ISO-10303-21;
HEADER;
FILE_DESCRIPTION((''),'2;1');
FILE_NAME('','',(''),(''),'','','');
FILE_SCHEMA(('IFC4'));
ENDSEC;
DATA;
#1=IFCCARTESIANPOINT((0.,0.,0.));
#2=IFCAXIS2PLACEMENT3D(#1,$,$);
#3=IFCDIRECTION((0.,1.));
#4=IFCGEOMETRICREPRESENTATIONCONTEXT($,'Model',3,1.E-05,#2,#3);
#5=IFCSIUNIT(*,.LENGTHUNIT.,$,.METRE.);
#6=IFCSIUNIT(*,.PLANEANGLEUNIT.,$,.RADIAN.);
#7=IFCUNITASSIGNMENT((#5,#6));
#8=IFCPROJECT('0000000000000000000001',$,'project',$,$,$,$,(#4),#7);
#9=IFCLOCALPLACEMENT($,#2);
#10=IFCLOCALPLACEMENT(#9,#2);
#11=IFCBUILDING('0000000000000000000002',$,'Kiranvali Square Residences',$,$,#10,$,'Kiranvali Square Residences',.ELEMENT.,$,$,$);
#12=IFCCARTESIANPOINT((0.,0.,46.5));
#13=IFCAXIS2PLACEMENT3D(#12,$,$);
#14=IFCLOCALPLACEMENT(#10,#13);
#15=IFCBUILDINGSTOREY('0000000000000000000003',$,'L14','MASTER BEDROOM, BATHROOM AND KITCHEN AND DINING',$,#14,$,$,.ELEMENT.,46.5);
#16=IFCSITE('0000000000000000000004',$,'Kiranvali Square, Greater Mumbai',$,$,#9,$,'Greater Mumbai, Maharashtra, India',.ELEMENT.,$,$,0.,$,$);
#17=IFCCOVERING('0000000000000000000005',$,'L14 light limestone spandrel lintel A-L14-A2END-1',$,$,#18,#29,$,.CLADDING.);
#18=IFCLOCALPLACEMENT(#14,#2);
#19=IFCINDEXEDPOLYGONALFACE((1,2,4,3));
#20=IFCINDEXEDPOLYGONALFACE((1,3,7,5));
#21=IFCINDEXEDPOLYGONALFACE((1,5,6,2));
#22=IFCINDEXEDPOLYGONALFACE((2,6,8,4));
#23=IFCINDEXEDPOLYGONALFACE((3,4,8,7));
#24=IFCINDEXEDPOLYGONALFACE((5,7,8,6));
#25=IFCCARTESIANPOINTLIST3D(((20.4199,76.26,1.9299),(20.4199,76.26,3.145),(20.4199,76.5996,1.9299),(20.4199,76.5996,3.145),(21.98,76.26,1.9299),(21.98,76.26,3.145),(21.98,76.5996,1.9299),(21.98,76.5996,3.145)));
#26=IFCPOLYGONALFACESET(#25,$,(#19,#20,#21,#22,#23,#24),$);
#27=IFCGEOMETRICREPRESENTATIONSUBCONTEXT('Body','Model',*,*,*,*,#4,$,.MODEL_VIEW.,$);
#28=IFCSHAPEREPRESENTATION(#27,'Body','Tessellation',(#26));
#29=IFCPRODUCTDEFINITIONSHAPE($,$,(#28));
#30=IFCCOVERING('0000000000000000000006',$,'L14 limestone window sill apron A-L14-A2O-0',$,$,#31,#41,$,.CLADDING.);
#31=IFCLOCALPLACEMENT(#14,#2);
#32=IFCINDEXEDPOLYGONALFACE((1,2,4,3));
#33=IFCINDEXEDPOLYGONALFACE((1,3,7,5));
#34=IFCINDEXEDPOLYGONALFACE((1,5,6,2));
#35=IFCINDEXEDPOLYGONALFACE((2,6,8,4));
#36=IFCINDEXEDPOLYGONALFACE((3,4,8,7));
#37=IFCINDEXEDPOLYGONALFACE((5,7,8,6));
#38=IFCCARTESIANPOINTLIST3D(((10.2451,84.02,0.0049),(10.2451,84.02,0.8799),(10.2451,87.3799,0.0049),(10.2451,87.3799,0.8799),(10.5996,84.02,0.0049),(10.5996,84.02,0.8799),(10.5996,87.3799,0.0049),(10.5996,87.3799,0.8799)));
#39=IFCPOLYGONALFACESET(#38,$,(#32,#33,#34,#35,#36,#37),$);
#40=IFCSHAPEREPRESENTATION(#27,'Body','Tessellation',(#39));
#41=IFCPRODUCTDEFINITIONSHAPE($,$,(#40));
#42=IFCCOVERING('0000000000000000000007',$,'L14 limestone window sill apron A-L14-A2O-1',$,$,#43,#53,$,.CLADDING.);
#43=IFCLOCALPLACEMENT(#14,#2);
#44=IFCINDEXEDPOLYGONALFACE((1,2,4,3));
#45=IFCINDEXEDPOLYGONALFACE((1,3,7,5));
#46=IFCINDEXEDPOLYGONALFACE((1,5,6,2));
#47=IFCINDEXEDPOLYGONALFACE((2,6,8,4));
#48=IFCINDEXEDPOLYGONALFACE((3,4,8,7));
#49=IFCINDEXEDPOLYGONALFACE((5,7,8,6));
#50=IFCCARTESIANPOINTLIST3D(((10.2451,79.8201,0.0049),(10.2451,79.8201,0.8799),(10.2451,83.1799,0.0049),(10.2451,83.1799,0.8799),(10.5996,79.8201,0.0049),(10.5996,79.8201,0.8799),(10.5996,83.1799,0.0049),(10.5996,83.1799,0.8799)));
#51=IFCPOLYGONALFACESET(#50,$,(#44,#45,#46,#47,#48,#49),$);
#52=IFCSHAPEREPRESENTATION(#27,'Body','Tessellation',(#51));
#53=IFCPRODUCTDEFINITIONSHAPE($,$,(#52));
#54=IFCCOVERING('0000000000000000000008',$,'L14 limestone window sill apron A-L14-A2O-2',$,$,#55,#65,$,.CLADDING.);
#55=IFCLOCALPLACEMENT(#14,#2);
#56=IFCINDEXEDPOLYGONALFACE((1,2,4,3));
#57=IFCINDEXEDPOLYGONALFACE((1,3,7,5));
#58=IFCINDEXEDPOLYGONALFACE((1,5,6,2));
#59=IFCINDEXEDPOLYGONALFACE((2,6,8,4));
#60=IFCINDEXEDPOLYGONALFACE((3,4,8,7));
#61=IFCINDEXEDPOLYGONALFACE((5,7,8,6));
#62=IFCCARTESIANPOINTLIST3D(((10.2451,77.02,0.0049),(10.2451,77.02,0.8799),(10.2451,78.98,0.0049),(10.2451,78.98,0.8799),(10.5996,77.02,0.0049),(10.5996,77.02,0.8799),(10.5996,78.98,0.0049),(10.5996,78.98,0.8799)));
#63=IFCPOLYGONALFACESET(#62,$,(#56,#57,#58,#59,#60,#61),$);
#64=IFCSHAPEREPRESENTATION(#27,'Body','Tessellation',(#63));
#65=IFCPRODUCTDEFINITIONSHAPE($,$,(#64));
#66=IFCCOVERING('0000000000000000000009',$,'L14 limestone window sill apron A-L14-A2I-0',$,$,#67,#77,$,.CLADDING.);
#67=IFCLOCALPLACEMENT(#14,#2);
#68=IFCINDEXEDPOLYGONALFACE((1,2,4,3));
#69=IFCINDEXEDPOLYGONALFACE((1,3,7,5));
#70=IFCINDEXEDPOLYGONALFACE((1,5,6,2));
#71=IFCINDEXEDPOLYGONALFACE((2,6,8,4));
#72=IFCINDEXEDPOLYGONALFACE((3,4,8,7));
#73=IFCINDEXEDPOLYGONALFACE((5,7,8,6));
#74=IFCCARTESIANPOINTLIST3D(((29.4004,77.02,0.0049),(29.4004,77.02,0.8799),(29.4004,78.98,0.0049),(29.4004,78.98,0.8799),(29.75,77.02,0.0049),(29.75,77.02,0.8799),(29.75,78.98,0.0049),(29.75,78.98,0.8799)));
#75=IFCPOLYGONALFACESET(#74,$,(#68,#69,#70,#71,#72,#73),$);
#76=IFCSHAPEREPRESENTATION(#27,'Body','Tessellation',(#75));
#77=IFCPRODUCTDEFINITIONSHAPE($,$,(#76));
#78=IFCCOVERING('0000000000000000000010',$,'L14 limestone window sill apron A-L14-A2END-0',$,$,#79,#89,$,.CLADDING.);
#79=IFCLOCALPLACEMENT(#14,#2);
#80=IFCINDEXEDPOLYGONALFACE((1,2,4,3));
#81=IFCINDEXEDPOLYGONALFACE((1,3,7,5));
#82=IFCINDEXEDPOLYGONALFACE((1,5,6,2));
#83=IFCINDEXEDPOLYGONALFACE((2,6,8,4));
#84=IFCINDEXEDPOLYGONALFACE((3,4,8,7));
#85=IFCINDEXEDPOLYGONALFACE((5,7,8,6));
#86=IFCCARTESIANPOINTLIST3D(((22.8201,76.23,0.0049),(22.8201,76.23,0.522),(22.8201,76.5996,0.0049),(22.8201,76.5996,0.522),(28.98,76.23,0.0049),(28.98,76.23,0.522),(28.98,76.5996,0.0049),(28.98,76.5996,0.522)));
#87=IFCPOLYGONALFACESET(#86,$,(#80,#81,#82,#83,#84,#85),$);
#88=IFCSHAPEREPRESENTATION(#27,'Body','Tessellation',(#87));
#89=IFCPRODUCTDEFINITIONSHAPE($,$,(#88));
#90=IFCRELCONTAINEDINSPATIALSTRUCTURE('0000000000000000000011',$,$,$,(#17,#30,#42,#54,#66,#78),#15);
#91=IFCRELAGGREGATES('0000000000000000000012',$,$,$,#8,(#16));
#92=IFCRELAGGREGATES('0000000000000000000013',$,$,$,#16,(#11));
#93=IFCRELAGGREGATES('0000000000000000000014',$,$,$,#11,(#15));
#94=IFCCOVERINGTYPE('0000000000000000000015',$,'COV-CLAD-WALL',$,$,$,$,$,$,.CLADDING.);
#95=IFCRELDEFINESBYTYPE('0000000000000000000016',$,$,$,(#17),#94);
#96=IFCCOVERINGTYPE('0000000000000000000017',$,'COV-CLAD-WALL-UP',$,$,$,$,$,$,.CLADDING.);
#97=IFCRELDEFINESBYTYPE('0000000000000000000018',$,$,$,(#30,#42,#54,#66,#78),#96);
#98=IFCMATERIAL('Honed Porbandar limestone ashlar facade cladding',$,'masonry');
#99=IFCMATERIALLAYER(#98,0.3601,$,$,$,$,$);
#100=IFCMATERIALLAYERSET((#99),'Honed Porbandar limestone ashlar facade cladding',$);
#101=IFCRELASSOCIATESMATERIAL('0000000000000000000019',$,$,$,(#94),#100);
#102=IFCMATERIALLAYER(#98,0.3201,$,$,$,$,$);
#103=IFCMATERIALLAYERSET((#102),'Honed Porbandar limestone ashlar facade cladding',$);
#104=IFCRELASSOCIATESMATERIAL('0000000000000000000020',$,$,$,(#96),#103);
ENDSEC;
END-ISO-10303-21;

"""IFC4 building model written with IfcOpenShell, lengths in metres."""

from ifc_helpers import new_model, si_unit, direction, frame, origin, place, context, subcontext, project, spatial, polyline, outline, extrude, material, layer, layer_set, type_object, element, save


model = new_model("IFC4")

# Units and contexts
model_context = context("Model", 3, precision=1e-05, world=origin(), true_north=direction((0.0, 1.0)))
body_context = subcontext(model_context, "Body", "Model", "MODEL_VIEW")
ifc_project = project(units=[si_unit("LENGTHUNIT", "METRE"), si_unit("PLANEANGLEUNIT", "RADIAN")], contexts=[model_context])

# Site, building, storey
site_placement = place(None, origin())
site = spatial("IfcSite", under=ifc_project, at=site_placement, Name="Kiranvali Square, Greater Mumbai", LongName="Greater Mumbai, Maharashtra, India", CompositionType="ELEMENT", RefElevation=0.0)
building_placement = place(site_placement, origin())
building = spatial("IfcBuilding", under=site, at=building_placement, Name="Kiranvali Square Residences", LongName="Kiranvali Square Residences", CompositionType="ELEMENT")
storey_placement = place(building_placement, frame((0.0, 0.0, 46.5)))
storey = spatial("IfcBuildingStorey", under=building, at=storey_placement, Name="L14", Description="MASTER BEDROOM, BATHROOM AND KITCHEN AND DINING", CompositionType="ELEMENT", Elevation=46.5)

# Coverings
ifc_material = material(Name="Honed Porbandar limestone ashlar facade cladding", Category="masonry")
ifc_layer_1 = layer(ifc_material, 0.3601)
ifc_layer_set_1 = layer_set([ifc_layer_1], Name="Honed Porbandar limestone ashlar facade cladding")
covering_type_1 = type_object("IfcCoveringType", Name="COV-CLAD-WALL", PredefinedType="CLADDING", material=ifc_layer_set_1)
covering_1_placement = place(storey_placement, frame((0.0, 0.0, 1.9299)))
element("IfcCovering", 1, at=covering_1_placement, inside=storey, type_object=covering_type_1, Name="L14 light limestone spandrel lintel A-L14-A2END-1", PredefinedType="CLADDING", context=body_context, shape_type="SweptSolid", body=[
    extrude(outline(polyline([(21.98, 76.5996), (20.4199, 76.5996), (20.4199, 76.26), (21.98, 76.26), (21.98, 76.5996)])), origin(), (0.0, 0.0, 1.0), 1.2151),
])
ifc_layer_2 = layer(ifc_material, 0.3201)
ifc_layer_set_2 = layer_set([ifc_layer_2], Name="Honed Porbandar limestone ashlar facade cladding")
covering_type_2 = type_object("IfcCoveringType", Name="COV-CLAD-WALL-UP", PredefinedType="CLADDING", material=ifc_layer_set_2)
covering_2_placement = place(storey_placement, frame((0.0, 0.0, 0.0049)))
element("IfcCovering", 2, at=covering_2_placement, inside=storey, type_object=covering_type_2, Name="L14 limestone window sill apron A-L14-A2O-0", PredefinedType="CLADDING", context=body_context, shape_type="SweptSolid", body=[
    extrude(outline(polyline([(10.2451, 87.3799), (10.2451, 84.02), (10.5996, 84.02), (10.5996, 87.3799), (10.2451, 87.3799)])), origin(), (0.0, 0.0, 1.0), 0.875),
])
covering_3_placement = place(storey_placement, frame((0.0, 0.0, 0.0049)))
element("IfcCovering", 3, at=covering_3_placement, inside=storey, type_object=covering_type_2, Name="L14 limestone window sill apron A-L14-A2O-1", PredefinedType="CLADDING", context=body_context, shape_type="SweptSolid", body=[
    extrude(outline(polyline([(10.2451, 83.1799), (10.2451, 79.8201), (10.5996, 79.8201), (10.5996, 83.1799), (10.2451, 83.1799)])), origin(), (0.0, 0.0, 1.0), 0.875),
])
covering_4_placement = place(storey_placement, frame((0.0, 0.0, 0.0049)))
element("IfcCovering", 4, at=covering_4_placement, inside=storey, type_object=covering_type_2, Name="L14 limestone window sill apron A-L14-A2O-2", PredefinedType="CLADDING", context=body_context, shape_type="SweptSolid", body=[
    extrude(outline(polyline([(10.2451, 78.98), (10.2451, 77.02), (10.5996, 77.02), (10.5996, 78.98), (10.2451, 78.98)])), origin(), (0.0, 0.0, 1.0), 0.875),
])
covering_5_placement = place(storey_placement, frame((0.0, 0.0, 0.0049)))
element("IfcCovering", 5, at=covering_5_placement, inside=storey, type_object=covering_type_2, Name="L14 limestone window sill apron A-L14-A2I-0", PredefinedType="CLADDING", context=body_context, shape_type="SweptSolid", body=[
    extrude(outline(polyline([(29.4004, 78.98), (29.4004, 77.02), (29.75, 77.02), (29.75, 78.98), (29.4004, 78.98)])), origin(), (0.0, 0.0, 1.0), 0.875),
])
covering_6_placement = place(storey_placement, frame((0.0, 0.0, 0.0049)))
element("IfcCovering", 6, at=covering_6_placement, inside=storey, type_object=covering_type_2, Name="L14 limestone window sill apron A-L14-A2END-0", PredefinedType="CLADDING", context=body_context, shape_type="SweptSolid", body=[
    extrude(outline(polyline([(28.98, 76.5996), (22.8201, 76.5996), (22.8201, 76.23), (28.98, 76.23), (28.98, 76.5996)])), origin(), (0.0, 0.0, 1.0), 0.5171),
])

save(model, "model.ifc")
